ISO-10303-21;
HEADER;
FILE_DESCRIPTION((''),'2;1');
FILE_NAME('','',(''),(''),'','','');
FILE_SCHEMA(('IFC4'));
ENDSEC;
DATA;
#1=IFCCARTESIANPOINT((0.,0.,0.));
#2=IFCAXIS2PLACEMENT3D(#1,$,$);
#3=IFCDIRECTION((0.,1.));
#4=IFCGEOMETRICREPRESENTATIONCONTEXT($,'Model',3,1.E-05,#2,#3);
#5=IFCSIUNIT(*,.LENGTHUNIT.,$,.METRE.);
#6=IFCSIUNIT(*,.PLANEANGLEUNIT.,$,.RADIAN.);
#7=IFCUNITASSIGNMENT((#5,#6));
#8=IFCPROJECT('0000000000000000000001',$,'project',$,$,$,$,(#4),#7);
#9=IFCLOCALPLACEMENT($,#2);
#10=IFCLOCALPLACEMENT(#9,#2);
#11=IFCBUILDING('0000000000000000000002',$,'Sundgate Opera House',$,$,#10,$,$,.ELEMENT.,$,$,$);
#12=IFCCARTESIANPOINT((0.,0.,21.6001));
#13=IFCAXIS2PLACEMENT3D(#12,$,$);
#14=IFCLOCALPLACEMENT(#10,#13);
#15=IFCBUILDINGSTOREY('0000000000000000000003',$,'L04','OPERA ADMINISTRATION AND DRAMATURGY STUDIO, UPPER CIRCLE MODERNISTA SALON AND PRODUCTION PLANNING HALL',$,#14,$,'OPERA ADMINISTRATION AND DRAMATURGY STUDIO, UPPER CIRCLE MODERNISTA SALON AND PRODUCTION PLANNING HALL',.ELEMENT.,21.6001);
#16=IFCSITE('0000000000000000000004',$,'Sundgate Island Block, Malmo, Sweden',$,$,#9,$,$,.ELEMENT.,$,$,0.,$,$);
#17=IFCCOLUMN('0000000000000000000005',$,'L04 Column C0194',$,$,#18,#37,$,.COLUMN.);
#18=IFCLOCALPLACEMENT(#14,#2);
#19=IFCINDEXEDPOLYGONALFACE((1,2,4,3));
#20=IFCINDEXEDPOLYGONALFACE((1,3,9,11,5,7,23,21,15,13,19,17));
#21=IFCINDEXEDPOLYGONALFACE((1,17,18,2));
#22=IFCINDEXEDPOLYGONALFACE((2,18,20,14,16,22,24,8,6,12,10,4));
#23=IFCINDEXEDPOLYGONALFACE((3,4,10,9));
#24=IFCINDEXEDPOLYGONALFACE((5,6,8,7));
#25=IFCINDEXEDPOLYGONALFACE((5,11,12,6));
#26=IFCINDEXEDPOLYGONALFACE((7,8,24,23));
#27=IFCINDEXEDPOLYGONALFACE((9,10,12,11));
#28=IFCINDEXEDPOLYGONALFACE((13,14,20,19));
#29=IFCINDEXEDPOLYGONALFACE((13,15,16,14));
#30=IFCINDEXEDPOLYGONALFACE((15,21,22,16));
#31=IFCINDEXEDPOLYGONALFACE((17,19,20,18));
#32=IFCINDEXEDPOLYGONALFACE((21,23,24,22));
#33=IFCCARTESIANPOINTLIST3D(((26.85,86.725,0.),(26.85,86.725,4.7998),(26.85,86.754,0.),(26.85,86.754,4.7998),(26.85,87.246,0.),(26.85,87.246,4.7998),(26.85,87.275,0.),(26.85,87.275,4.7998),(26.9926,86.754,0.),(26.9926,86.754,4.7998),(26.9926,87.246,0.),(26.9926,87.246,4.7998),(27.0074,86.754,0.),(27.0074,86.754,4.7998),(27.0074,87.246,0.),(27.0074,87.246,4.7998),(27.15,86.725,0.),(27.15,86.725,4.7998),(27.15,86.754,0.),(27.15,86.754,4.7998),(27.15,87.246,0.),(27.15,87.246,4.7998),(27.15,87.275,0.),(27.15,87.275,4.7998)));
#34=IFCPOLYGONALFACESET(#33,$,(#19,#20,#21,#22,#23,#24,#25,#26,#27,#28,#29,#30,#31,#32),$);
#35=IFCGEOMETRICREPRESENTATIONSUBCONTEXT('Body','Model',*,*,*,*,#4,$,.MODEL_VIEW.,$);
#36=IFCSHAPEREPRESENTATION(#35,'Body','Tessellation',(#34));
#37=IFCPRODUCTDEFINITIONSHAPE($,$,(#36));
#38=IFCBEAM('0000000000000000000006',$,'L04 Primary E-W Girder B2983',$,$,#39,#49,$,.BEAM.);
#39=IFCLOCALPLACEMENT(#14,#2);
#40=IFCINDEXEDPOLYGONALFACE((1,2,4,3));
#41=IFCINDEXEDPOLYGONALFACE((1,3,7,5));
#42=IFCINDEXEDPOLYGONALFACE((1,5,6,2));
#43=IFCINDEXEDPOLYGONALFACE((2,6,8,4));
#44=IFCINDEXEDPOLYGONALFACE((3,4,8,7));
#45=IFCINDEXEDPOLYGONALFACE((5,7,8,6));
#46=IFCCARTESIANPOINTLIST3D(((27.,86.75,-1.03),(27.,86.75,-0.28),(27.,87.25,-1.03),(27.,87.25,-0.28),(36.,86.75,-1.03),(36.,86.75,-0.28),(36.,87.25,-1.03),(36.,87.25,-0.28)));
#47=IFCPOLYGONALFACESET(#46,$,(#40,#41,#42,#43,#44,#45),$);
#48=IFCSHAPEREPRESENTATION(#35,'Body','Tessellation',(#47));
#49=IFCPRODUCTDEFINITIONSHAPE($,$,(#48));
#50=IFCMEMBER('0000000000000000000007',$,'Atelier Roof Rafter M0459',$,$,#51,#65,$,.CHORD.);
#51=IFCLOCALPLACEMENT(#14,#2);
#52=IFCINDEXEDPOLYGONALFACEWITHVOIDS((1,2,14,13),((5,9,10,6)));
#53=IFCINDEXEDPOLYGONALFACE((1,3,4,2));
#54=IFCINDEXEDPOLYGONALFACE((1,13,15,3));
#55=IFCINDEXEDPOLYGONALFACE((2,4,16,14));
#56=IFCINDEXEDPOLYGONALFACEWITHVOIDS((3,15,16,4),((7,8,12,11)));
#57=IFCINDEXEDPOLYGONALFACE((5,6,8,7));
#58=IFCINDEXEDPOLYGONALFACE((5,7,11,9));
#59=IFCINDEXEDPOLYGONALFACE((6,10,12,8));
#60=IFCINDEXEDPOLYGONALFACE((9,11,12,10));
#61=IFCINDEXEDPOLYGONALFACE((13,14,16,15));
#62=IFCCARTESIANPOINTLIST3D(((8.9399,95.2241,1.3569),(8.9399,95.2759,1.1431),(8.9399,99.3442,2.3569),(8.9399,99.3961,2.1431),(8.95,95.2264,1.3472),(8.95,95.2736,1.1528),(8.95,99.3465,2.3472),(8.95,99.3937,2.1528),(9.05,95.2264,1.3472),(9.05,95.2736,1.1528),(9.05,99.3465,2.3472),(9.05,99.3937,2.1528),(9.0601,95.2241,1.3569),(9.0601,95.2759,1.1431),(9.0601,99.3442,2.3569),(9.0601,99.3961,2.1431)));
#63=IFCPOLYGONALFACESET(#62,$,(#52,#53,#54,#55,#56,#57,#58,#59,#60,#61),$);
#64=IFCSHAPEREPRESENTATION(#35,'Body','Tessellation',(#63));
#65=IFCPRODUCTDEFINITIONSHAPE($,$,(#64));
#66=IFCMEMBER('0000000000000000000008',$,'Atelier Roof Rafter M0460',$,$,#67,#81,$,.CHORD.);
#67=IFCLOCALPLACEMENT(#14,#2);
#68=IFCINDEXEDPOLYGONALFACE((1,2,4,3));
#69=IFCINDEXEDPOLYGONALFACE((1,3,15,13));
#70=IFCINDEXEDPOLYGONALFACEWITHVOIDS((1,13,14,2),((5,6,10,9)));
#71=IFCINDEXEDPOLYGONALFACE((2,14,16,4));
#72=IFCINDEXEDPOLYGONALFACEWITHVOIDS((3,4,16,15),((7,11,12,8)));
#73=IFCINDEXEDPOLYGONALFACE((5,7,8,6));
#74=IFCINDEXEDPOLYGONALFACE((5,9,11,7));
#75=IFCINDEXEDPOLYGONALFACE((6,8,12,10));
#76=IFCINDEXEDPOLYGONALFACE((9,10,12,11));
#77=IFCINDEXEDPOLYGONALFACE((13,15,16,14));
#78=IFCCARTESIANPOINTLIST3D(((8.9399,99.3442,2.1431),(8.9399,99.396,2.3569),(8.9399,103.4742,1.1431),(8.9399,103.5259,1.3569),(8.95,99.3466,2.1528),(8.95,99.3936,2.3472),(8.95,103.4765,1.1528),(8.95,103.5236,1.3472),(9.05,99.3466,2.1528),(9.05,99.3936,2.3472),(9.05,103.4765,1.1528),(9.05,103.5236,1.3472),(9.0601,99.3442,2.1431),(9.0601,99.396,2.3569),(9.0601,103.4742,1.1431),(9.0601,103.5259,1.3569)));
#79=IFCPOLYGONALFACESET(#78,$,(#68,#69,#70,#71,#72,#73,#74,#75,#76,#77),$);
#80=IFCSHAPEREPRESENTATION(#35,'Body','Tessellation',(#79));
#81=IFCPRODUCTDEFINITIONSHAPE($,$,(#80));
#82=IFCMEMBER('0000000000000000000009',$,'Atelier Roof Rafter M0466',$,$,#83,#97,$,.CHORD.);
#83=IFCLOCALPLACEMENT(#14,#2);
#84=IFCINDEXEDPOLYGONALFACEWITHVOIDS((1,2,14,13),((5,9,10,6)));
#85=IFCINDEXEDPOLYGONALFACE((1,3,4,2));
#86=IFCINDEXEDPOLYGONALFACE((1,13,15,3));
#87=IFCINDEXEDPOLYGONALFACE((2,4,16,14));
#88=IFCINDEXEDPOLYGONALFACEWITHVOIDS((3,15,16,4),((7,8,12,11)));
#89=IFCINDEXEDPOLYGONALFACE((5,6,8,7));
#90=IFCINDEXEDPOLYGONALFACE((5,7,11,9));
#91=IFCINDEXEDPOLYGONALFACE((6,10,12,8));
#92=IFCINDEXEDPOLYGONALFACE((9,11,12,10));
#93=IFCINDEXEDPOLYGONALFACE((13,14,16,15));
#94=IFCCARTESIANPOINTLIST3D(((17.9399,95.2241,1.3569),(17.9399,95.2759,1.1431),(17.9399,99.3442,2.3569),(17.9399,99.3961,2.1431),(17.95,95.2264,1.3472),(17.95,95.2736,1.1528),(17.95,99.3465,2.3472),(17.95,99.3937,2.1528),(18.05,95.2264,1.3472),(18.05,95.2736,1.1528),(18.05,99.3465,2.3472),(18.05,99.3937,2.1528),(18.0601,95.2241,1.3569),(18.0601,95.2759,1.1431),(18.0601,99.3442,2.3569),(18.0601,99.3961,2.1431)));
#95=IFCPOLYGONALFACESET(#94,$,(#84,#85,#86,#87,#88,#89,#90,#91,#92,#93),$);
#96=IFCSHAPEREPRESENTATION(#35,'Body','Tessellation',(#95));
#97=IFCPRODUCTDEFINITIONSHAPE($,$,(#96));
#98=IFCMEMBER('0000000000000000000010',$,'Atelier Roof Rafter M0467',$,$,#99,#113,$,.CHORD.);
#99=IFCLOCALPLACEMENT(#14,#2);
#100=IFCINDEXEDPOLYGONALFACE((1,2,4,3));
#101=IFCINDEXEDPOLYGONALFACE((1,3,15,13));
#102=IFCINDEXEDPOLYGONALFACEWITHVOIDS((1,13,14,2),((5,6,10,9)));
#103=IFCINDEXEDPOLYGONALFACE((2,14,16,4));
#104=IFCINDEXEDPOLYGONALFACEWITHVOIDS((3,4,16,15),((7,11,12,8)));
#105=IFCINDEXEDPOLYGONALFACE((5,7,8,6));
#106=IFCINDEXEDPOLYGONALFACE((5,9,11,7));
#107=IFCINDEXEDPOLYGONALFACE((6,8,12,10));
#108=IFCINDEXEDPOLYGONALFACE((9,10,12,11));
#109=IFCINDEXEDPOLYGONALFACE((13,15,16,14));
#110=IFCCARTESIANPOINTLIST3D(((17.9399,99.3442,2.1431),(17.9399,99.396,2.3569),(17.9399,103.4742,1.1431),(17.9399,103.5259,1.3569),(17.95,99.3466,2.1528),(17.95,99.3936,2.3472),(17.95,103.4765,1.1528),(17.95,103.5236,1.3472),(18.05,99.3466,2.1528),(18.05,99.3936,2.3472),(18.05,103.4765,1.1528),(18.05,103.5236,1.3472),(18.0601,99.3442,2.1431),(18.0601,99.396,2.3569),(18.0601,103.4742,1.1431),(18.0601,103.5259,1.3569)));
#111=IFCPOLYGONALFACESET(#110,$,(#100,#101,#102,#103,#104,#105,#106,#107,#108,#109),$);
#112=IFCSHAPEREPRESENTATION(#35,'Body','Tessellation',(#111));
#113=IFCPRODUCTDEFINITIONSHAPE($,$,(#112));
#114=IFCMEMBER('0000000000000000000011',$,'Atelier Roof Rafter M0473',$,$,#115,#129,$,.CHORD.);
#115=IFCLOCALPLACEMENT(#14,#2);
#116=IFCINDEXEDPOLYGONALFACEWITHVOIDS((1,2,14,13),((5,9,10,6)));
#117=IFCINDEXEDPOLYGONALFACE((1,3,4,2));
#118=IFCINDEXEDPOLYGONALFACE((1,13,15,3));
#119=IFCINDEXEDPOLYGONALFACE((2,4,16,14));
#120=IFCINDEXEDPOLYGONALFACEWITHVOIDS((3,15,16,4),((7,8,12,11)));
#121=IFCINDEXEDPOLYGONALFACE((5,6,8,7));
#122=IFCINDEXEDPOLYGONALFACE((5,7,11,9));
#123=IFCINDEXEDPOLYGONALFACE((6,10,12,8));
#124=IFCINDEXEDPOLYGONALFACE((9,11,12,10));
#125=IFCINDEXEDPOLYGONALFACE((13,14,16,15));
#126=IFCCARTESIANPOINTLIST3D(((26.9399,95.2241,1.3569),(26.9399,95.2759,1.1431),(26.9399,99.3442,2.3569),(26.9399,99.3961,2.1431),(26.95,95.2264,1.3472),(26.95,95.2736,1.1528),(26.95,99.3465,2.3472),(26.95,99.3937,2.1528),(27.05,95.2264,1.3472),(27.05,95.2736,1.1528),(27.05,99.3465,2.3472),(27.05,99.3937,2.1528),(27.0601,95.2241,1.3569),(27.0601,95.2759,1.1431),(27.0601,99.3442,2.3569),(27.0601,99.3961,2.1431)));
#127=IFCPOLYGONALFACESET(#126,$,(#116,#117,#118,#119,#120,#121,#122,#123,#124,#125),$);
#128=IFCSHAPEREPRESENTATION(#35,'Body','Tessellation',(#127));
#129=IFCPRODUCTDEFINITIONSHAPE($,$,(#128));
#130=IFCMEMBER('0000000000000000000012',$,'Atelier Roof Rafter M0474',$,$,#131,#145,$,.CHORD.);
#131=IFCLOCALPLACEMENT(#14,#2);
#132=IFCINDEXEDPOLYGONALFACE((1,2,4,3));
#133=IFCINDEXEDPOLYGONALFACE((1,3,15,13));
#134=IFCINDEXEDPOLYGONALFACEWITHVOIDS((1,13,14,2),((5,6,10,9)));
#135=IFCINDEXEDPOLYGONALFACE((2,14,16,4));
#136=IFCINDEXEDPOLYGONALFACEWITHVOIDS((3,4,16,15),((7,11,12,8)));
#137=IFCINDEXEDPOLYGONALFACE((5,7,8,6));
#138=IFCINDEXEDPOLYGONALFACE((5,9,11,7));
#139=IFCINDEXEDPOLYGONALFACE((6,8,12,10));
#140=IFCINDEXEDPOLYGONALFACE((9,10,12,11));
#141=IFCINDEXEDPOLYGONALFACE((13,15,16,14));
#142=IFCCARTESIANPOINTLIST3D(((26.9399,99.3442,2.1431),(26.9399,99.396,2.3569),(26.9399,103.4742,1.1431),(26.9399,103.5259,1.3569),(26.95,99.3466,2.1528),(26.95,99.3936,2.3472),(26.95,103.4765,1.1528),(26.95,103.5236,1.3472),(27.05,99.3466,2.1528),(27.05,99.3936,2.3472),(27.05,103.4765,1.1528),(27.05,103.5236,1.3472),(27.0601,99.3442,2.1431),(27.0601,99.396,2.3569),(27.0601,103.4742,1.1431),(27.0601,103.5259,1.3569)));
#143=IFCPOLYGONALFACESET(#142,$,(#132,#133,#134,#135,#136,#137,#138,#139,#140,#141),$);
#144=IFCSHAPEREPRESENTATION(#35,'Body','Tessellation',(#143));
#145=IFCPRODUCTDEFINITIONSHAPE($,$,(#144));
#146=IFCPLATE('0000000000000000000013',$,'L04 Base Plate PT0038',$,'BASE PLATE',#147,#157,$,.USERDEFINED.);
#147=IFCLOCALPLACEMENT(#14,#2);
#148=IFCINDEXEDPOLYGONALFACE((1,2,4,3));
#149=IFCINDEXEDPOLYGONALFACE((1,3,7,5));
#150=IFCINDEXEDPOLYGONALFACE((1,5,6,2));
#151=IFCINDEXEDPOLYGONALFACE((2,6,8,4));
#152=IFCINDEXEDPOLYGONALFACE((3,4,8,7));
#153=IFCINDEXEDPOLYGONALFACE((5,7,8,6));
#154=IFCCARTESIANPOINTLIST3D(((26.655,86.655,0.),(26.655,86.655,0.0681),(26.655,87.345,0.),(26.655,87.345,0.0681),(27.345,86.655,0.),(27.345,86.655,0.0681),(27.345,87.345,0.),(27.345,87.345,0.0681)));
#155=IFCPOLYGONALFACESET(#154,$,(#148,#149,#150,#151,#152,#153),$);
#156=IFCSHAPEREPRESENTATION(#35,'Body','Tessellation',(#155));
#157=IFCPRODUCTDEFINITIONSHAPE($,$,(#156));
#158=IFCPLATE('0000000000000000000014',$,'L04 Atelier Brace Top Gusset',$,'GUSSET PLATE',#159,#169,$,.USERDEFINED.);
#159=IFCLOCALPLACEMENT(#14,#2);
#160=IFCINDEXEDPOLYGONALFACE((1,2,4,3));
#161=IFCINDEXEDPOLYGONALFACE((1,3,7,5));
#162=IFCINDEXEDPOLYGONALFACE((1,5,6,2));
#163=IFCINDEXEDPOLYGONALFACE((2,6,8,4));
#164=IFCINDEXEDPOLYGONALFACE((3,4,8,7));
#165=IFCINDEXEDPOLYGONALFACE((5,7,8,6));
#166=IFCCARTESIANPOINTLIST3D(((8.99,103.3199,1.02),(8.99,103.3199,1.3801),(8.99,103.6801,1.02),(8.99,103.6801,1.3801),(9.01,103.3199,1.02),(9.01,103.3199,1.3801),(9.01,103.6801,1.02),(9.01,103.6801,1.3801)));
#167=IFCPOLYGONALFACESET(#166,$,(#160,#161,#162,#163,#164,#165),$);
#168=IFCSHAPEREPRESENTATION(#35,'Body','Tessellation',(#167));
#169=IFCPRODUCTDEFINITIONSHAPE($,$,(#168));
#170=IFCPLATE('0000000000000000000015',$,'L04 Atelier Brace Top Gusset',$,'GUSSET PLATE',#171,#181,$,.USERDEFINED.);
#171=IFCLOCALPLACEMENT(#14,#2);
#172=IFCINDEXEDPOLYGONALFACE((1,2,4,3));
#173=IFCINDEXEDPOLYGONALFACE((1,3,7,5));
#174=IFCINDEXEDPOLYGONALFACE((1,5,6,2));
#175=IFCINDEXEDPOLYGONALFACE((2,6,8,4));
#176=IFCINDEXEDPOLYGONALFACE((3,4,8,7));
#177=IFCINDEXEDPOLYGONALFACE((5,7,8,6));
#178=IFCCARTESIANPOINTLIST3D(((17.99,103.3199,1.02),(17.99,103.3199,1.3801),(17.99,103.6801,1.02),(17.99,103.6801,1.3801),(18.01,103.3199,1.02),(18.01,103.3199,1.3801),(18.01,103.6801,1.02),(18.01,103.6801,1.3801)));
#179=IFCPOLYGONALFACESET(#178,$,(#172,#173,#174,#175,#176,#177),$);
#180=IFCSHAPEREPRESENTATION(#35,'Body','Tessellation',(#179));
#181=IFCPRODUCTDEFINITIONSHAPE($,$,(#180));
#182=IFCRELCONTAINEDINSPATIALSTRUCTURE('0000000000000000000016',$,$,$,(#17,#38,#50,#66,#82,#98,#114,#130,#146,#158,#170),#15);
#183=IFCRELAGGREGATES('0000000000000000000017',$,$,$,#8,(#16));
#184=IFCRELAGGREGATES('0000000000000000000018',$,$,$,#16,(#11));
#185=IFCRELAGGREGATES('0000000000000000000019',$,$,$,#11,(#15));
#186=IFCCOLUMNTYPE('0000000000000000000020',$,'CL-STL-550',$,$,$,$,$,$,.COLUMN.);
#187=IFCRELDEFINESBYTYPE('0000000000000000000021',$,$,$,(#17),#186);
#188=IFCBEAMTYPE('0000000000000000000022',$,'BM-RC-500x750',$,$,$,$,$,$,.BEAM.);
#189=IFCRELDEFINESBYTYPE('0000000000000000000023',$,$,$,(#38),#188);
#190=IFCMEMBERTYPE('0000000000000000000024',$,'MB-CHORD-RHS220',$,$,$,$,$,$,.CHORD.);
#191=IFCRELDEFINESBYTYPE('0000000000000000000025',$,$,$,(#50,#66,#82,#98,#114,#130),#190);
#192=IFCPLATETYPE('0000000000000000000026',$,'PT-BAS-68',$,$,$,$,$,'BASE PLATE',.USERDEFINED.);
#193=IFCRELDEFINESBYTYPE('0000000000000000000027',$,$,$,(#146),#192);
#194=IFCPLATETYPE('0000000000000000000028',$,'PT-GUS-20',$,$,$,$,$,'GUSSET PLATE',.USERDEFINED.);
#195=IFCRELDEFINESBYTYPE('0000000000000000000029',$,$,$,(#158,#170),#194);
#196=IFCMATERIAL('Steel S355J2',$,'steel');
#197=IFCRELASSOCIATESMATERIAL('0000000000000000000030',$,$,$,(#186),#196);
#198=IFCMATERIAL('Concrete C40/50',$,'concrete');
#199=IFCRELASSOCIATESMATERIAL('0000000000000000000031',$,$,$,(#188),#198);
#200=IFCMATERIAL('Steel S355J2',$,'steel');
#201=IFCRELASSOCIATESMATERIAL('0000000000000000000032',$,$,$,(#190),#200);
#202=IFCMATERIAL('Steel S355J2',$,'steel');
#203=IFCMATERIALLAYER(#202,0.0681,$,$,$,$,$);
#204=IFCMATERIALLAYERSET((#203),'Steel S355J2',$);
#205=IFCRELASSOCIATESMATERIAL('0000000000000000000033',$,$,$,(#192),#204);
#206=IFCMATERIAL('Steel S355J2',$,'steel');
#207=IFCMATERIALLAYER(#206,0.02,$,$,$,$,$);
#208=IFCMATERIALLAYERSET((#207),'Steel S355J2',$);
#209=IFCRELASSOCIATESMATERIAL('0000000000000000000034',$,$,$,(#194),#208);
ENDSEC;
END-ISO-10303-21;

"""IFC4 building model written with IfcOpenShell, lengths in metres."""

from ifc_helpers import new_model, si_unit, direction, frame, origin, origin_2d, place, context, subcontext, project, spatial, rectangle, hollow_rectangle, i_section, extrude, material, layer, layer_set, material_profile, profile_set, type_object, element, save


model = new_model("IFC4")

# Units and contexts
model_context = context("Model", 3, precision=1e-05, world=origin(), true_north=direction((0.0, 1.0)))
body_context = subcontext(model_context, "Body", "Model", "MODEL_VIEW")
ifc_project = project(units=[si_unit("LENGTHUNIT", "METRE"), si_unit("PLANEANGLEUNIT", "RADIAN")], contexts=[model_context])

# Site, building, storey
site_placement = place(None, origin())
site = spatial("IfcSite", under=ifc_project, at=site_placement, Name="Sundgate Island Block, Malmo, Sweden", CompositionType="ELEMENT", RefElevation=0.0)
building_placement = place(site_placement, origin())
building = spatial("IfcBuilding", under=site, at=building_placement, Name="Sundgate Opera House", CompositionType="ELEMENT")
storey_placement = place(building_placement, frame((0.0, 0.0, 21.6001)))
storey = spatial("IfcBuildingStorey", under=building, at=storey_placement, Name="L04", Description="OPERA ADMINISTRATION AND DRAMATURGY STUDIO, UPPER CIRCLE MODERNISTA SALON AND PRODUCTION PLANNING HALL", LongName="OPERA ADMINISTRATION AND DRAMATURGY STUDIO, UPPER CIRCLE MODERNISTA SALON AND PRODUCTION PLANNING HALL", CompositionType="ELEMENT", Elevation=21.6001)

# Column
ifc_material_1 = material(Name="Steel S355J2", Category="steel")
ifc_material_profile_1 = material_profile(ifc_material_1, i_section(OverallWidth=0.3, OverallDepth=0.55, WebThickness=0.0149, FlangeThickness=0.0291, at=origin_2d()), Name="HEB 550")
ifc_profile_set_1 = profile_set([ifc_material_profile_1], Name="Steel S355J2")
column_type = type_object("IfcColumnType", Name="CL-STL-550", PredefinedType="COLUMN", material=ifc_profile_set_1)
column_placement = place(storey_placement, frame((27.0, 87.0, 0.0), z_axis=(0.0, 0.0, 1.0), x_axis=(1.0, 0.0, 0.0)))
element("IfcColumn", 1, at=column_placement, inside=storey, type_object=column_type, Name="L04 Column C0194", PredefinedType="COLUMN", context=body_context, shape_type="SweptSolid", body=[
    extrude(i_section(OverallWidth=0.3, OverallDepth=0.55, WebThickness=0.0149, FlangeThickness=0.0291, at=origin_2d()), origin(), (0.0, 0.0, 1.0), 4.7998),
])

# Beam
ifc_material_2 = material(Name="Concrete C40/50", Category="concrete")
ifc_material_profile_2 = material_profile(ifc_material_2, rectangle(XDim=0.5, YDim=0.75, at=origin_2d()), Name="RC 500x750")
ifc_profile_set_2 = profile_set([ifc_material_profile_2], Name="Concrete C40/50")
beam_type = type_object("IfcBeamType", Name="BM-RC-500x750", PredefinedType="BEAM", material=ifc_profile_set_2)
beam_placement = place(storey_placement, frame((27.0, 87.0, -0.655), z_axis=(1.0, 0.0, 0.0), x_axis=(0.0, 1.0, 0.0)))
element("IfcBeam", 2, at=beam_placement, inside=storey, type_object=beam_type, Name="L04 Primary E-W Girder B2983", PredefinedType="BEAM", context=body_context, shape_type="SweptSolid", body=[
    extrude(rectangle(XDim=0.5, YDim=0.75, at=origin_2d()), origin(), (0.0, 0.0, 1.0), 9.0),
])

# Members
ifc_material_3 = material(Name="Steel S355J2", Category="steel")
ifc_material_profile_3 = material_profile(ifc_material_3, hollow_rectangle(XDim=0.1201, YDim=0.22, WallThickness=0.01, at=origin_2d()), Name="RHS 220x120x10.0")
ifc_profile_set_3 = profile_set([ifc_material_profile_3], Name="Steel S355J2")
member_type = type_object("IfcMemberType", Name="MB-CHORD-RHS220", PredefinedType="CHORD", material=ifc_profile_set_3)
member_1_placement = place(storey_placement, frame((9.0, 95.25, 1.25), z_axis=(0.0, 0.971786, 0.235864), x_axis=(-1.0, 0.0, 0.0)))
element("IfcMember", 3, at=member_1_placement, inside=storey, type_object=member_type, Name="Atelier Roof Rafter M0459", PredefinedType="CHORD", context=body_context, shape_type="SweptSolid", body=[
    extrude(hollow_rectangle(XDim=0.1201, YDim=0.22, WallThickness=0.01, at=origin_2d()), origin(), (0.0, 0.0, 1.0), 4.2397),
])
member_2_placement = place(storey_placement, frame((9.0, 99.3701, 2.25), z_axis=(0.0, 0.971914, -0.235337), x_axis=(-1.0, 0.0, 0.0)))
element("IfcMember", 4, at=member_2_placement, inside=storey, type_object=member_type, Name="Atelier Roof Rafter M0460", PredefinedType="CHORD", context=body_context, shape_type="SweptSolid", body=[
    extrude(hollow_rectangle(XDim=0.1201, YDim=0.22, WallThickness=0.01, at=origin_2d()), origin(), (0.0, 0.0, 1.0), 4.2493),
])
member_3_placement = place(storey_placement, frame((18.0, 95.25, 1.25), z_axis=(0.0, 0.971786, 0.235864), x_axis=(-1.0, 0.0, 0.0)))
element("IfcMember", 5, at=member_3_placement, inside=storey, type_object=member_type, Name="Atelier Roof Rafter M0466", PredefinedType="CHORD", context=body_context, shape_type="SweptSolid", body=[
    extrude(hollow_rectangle(XDim=0.1201, YDim=0.22, WallThickness=0.01, at=origin_2d()), origin(), (0.0, 0.0, 1.0), 4.2397),
])
member_4_placement = place(storey_placement, frame((18.0, 99.3701, 2.25), z_axis=(0.0, 0.971914, -0.235337), x_axis=(-1.0, 0.0, 0.0)))
element("IfcMember", 6, at=member_4_placement, inside=storey, type_object=member_type, Name="Atelier Roof Rafter M0467", PredefinedType="CHORD", context=body_context, shape_type="SweptSolid", body=[
    extrude(hollow_rectangle(XDim=0.1201, YDim=0.22, WallThickness=0.01, at=origin_2d()), origin(), (0.0, 0.0, 1.0), 4.2493),
])
member_5_placement = place(storey_placement, frame((27.0, 95.25, 1.25), z_axis=(0.0, 0.971786, 0.235864), x_axis=(-1.0, 0.0, 0.0)))
element("IfcMember", 7, at=member_5_placement, inside=storey, type_object=member_type, Name="Atelier Roof Rafter M0473", PredefinedType="CHORD", context=body_context, shape_type="SweptSolid", body=[
    extrude(hollow_rectangle(XDim=0.1201, YDim=0.22, WallThickness=0.01, at=origin_2d()), origin(), (0.0, 0.0, 1.0), 4.2397),
])
member_6_placement = place(storey_placement, frame((27.0, 99.3701, 2.25), z_axis=(0.0, 0.971914, -0.235337), x_axis=(-1.0, 0.0, 0.0)))
element("IfcMember", 8, at=member_6_placement, inside=storey, type_object=member_type, Name="Atelier Roof Rafter M0474", PredefinedType="CHORD", context=body_context, shape_type="SweptSolid", body=[
    extrude(hollow_rectangle(XDim=0.1201, YDim=0.22, WallThickness=0.01, at=origin_2d()), origin(), (0.0, 0.0, 1.0), 4.2493),
])

# Plates
ifc_material_4 = material(Name="Steel S355J2", Category="steel")
ifc_layer_1 = layer(ifc_material_4, 0.0681)
ifc_layer_set_1 = layer_set([ifc_layer_1], Name="Steel S355J2")
plate_type_1 = type_object("IfcPlateType", Name="PT-BAS-68", ElementType="BASE PLATE", PredefinedType="USERDEFINED", material=ifc_layer_set_1)
plate_placement = place(storey_placement, frame((27.0, 87.0, 0.0), z_axis=(0.0, 0.0, 1.0), x_axis=(1.0, 0.0, 0.0)))
element("IfcPlate", 9, at=plate_placement, inside=storey, type_object=plate_type_1, Name="L04 Base Plate PT0038", ObjectType="BASE PLATE", PredefinedType="USERDEFINED", context=body_context, shape_type="SweptSolid", body=[
    extrude(rectangle(XDim=0.6899, YDim=0.6899, at=origin_2d()), origin(), (0.0, 0.0, 1.0), 0.0681),
])
ifc_material_5 = material(Name="Steel S355J2", Category="steel")
ifc_layer_2 = layer(ifc_material_5, 0.02)
ifc_layer_set_2 = layer_set([ifc_layer_2], Name="Steel S355J2")
plate_type_2 = type_object("IfcPlateType", Name="PT-GUS-20", ElementType="GUSSET PLATE", PredefinedType="USERDEFINED", material=ifc_layer_set_2)
for number, where, z_axis, x_axis, name in (
    (10, (9.0, 103.5, 1.02), (0.0, 0.0, 1.0), (1.0, 0.0, 0.0), "L04 Atelier Brace Top Gusset"),
    (11, (18.0, 103.5, 1.02), (0.0, 0.0, 1.0), (1.0, 0.0, 0.0), "L04 Atelier Brace Top Gusset"),
):
    element("IfcPlate", number, at=place(storey_placement, frame(where, z_axis=z_axis, x_axis=x_axis)), inside=storey, type_object=plate_type_2, Name=name, ObjectType="GUSSET PLATE", PredefinedType="USERDEFINED", context=body_context, shape_type="SweptSolid", body=[
        extrude(rectangle(XDim=0.02, YDim=0.3601, at=origin_2d()), origin(), (0.0, 0.0, 1.0), 0.3601),
    ])

save(model, "model.ifc")
